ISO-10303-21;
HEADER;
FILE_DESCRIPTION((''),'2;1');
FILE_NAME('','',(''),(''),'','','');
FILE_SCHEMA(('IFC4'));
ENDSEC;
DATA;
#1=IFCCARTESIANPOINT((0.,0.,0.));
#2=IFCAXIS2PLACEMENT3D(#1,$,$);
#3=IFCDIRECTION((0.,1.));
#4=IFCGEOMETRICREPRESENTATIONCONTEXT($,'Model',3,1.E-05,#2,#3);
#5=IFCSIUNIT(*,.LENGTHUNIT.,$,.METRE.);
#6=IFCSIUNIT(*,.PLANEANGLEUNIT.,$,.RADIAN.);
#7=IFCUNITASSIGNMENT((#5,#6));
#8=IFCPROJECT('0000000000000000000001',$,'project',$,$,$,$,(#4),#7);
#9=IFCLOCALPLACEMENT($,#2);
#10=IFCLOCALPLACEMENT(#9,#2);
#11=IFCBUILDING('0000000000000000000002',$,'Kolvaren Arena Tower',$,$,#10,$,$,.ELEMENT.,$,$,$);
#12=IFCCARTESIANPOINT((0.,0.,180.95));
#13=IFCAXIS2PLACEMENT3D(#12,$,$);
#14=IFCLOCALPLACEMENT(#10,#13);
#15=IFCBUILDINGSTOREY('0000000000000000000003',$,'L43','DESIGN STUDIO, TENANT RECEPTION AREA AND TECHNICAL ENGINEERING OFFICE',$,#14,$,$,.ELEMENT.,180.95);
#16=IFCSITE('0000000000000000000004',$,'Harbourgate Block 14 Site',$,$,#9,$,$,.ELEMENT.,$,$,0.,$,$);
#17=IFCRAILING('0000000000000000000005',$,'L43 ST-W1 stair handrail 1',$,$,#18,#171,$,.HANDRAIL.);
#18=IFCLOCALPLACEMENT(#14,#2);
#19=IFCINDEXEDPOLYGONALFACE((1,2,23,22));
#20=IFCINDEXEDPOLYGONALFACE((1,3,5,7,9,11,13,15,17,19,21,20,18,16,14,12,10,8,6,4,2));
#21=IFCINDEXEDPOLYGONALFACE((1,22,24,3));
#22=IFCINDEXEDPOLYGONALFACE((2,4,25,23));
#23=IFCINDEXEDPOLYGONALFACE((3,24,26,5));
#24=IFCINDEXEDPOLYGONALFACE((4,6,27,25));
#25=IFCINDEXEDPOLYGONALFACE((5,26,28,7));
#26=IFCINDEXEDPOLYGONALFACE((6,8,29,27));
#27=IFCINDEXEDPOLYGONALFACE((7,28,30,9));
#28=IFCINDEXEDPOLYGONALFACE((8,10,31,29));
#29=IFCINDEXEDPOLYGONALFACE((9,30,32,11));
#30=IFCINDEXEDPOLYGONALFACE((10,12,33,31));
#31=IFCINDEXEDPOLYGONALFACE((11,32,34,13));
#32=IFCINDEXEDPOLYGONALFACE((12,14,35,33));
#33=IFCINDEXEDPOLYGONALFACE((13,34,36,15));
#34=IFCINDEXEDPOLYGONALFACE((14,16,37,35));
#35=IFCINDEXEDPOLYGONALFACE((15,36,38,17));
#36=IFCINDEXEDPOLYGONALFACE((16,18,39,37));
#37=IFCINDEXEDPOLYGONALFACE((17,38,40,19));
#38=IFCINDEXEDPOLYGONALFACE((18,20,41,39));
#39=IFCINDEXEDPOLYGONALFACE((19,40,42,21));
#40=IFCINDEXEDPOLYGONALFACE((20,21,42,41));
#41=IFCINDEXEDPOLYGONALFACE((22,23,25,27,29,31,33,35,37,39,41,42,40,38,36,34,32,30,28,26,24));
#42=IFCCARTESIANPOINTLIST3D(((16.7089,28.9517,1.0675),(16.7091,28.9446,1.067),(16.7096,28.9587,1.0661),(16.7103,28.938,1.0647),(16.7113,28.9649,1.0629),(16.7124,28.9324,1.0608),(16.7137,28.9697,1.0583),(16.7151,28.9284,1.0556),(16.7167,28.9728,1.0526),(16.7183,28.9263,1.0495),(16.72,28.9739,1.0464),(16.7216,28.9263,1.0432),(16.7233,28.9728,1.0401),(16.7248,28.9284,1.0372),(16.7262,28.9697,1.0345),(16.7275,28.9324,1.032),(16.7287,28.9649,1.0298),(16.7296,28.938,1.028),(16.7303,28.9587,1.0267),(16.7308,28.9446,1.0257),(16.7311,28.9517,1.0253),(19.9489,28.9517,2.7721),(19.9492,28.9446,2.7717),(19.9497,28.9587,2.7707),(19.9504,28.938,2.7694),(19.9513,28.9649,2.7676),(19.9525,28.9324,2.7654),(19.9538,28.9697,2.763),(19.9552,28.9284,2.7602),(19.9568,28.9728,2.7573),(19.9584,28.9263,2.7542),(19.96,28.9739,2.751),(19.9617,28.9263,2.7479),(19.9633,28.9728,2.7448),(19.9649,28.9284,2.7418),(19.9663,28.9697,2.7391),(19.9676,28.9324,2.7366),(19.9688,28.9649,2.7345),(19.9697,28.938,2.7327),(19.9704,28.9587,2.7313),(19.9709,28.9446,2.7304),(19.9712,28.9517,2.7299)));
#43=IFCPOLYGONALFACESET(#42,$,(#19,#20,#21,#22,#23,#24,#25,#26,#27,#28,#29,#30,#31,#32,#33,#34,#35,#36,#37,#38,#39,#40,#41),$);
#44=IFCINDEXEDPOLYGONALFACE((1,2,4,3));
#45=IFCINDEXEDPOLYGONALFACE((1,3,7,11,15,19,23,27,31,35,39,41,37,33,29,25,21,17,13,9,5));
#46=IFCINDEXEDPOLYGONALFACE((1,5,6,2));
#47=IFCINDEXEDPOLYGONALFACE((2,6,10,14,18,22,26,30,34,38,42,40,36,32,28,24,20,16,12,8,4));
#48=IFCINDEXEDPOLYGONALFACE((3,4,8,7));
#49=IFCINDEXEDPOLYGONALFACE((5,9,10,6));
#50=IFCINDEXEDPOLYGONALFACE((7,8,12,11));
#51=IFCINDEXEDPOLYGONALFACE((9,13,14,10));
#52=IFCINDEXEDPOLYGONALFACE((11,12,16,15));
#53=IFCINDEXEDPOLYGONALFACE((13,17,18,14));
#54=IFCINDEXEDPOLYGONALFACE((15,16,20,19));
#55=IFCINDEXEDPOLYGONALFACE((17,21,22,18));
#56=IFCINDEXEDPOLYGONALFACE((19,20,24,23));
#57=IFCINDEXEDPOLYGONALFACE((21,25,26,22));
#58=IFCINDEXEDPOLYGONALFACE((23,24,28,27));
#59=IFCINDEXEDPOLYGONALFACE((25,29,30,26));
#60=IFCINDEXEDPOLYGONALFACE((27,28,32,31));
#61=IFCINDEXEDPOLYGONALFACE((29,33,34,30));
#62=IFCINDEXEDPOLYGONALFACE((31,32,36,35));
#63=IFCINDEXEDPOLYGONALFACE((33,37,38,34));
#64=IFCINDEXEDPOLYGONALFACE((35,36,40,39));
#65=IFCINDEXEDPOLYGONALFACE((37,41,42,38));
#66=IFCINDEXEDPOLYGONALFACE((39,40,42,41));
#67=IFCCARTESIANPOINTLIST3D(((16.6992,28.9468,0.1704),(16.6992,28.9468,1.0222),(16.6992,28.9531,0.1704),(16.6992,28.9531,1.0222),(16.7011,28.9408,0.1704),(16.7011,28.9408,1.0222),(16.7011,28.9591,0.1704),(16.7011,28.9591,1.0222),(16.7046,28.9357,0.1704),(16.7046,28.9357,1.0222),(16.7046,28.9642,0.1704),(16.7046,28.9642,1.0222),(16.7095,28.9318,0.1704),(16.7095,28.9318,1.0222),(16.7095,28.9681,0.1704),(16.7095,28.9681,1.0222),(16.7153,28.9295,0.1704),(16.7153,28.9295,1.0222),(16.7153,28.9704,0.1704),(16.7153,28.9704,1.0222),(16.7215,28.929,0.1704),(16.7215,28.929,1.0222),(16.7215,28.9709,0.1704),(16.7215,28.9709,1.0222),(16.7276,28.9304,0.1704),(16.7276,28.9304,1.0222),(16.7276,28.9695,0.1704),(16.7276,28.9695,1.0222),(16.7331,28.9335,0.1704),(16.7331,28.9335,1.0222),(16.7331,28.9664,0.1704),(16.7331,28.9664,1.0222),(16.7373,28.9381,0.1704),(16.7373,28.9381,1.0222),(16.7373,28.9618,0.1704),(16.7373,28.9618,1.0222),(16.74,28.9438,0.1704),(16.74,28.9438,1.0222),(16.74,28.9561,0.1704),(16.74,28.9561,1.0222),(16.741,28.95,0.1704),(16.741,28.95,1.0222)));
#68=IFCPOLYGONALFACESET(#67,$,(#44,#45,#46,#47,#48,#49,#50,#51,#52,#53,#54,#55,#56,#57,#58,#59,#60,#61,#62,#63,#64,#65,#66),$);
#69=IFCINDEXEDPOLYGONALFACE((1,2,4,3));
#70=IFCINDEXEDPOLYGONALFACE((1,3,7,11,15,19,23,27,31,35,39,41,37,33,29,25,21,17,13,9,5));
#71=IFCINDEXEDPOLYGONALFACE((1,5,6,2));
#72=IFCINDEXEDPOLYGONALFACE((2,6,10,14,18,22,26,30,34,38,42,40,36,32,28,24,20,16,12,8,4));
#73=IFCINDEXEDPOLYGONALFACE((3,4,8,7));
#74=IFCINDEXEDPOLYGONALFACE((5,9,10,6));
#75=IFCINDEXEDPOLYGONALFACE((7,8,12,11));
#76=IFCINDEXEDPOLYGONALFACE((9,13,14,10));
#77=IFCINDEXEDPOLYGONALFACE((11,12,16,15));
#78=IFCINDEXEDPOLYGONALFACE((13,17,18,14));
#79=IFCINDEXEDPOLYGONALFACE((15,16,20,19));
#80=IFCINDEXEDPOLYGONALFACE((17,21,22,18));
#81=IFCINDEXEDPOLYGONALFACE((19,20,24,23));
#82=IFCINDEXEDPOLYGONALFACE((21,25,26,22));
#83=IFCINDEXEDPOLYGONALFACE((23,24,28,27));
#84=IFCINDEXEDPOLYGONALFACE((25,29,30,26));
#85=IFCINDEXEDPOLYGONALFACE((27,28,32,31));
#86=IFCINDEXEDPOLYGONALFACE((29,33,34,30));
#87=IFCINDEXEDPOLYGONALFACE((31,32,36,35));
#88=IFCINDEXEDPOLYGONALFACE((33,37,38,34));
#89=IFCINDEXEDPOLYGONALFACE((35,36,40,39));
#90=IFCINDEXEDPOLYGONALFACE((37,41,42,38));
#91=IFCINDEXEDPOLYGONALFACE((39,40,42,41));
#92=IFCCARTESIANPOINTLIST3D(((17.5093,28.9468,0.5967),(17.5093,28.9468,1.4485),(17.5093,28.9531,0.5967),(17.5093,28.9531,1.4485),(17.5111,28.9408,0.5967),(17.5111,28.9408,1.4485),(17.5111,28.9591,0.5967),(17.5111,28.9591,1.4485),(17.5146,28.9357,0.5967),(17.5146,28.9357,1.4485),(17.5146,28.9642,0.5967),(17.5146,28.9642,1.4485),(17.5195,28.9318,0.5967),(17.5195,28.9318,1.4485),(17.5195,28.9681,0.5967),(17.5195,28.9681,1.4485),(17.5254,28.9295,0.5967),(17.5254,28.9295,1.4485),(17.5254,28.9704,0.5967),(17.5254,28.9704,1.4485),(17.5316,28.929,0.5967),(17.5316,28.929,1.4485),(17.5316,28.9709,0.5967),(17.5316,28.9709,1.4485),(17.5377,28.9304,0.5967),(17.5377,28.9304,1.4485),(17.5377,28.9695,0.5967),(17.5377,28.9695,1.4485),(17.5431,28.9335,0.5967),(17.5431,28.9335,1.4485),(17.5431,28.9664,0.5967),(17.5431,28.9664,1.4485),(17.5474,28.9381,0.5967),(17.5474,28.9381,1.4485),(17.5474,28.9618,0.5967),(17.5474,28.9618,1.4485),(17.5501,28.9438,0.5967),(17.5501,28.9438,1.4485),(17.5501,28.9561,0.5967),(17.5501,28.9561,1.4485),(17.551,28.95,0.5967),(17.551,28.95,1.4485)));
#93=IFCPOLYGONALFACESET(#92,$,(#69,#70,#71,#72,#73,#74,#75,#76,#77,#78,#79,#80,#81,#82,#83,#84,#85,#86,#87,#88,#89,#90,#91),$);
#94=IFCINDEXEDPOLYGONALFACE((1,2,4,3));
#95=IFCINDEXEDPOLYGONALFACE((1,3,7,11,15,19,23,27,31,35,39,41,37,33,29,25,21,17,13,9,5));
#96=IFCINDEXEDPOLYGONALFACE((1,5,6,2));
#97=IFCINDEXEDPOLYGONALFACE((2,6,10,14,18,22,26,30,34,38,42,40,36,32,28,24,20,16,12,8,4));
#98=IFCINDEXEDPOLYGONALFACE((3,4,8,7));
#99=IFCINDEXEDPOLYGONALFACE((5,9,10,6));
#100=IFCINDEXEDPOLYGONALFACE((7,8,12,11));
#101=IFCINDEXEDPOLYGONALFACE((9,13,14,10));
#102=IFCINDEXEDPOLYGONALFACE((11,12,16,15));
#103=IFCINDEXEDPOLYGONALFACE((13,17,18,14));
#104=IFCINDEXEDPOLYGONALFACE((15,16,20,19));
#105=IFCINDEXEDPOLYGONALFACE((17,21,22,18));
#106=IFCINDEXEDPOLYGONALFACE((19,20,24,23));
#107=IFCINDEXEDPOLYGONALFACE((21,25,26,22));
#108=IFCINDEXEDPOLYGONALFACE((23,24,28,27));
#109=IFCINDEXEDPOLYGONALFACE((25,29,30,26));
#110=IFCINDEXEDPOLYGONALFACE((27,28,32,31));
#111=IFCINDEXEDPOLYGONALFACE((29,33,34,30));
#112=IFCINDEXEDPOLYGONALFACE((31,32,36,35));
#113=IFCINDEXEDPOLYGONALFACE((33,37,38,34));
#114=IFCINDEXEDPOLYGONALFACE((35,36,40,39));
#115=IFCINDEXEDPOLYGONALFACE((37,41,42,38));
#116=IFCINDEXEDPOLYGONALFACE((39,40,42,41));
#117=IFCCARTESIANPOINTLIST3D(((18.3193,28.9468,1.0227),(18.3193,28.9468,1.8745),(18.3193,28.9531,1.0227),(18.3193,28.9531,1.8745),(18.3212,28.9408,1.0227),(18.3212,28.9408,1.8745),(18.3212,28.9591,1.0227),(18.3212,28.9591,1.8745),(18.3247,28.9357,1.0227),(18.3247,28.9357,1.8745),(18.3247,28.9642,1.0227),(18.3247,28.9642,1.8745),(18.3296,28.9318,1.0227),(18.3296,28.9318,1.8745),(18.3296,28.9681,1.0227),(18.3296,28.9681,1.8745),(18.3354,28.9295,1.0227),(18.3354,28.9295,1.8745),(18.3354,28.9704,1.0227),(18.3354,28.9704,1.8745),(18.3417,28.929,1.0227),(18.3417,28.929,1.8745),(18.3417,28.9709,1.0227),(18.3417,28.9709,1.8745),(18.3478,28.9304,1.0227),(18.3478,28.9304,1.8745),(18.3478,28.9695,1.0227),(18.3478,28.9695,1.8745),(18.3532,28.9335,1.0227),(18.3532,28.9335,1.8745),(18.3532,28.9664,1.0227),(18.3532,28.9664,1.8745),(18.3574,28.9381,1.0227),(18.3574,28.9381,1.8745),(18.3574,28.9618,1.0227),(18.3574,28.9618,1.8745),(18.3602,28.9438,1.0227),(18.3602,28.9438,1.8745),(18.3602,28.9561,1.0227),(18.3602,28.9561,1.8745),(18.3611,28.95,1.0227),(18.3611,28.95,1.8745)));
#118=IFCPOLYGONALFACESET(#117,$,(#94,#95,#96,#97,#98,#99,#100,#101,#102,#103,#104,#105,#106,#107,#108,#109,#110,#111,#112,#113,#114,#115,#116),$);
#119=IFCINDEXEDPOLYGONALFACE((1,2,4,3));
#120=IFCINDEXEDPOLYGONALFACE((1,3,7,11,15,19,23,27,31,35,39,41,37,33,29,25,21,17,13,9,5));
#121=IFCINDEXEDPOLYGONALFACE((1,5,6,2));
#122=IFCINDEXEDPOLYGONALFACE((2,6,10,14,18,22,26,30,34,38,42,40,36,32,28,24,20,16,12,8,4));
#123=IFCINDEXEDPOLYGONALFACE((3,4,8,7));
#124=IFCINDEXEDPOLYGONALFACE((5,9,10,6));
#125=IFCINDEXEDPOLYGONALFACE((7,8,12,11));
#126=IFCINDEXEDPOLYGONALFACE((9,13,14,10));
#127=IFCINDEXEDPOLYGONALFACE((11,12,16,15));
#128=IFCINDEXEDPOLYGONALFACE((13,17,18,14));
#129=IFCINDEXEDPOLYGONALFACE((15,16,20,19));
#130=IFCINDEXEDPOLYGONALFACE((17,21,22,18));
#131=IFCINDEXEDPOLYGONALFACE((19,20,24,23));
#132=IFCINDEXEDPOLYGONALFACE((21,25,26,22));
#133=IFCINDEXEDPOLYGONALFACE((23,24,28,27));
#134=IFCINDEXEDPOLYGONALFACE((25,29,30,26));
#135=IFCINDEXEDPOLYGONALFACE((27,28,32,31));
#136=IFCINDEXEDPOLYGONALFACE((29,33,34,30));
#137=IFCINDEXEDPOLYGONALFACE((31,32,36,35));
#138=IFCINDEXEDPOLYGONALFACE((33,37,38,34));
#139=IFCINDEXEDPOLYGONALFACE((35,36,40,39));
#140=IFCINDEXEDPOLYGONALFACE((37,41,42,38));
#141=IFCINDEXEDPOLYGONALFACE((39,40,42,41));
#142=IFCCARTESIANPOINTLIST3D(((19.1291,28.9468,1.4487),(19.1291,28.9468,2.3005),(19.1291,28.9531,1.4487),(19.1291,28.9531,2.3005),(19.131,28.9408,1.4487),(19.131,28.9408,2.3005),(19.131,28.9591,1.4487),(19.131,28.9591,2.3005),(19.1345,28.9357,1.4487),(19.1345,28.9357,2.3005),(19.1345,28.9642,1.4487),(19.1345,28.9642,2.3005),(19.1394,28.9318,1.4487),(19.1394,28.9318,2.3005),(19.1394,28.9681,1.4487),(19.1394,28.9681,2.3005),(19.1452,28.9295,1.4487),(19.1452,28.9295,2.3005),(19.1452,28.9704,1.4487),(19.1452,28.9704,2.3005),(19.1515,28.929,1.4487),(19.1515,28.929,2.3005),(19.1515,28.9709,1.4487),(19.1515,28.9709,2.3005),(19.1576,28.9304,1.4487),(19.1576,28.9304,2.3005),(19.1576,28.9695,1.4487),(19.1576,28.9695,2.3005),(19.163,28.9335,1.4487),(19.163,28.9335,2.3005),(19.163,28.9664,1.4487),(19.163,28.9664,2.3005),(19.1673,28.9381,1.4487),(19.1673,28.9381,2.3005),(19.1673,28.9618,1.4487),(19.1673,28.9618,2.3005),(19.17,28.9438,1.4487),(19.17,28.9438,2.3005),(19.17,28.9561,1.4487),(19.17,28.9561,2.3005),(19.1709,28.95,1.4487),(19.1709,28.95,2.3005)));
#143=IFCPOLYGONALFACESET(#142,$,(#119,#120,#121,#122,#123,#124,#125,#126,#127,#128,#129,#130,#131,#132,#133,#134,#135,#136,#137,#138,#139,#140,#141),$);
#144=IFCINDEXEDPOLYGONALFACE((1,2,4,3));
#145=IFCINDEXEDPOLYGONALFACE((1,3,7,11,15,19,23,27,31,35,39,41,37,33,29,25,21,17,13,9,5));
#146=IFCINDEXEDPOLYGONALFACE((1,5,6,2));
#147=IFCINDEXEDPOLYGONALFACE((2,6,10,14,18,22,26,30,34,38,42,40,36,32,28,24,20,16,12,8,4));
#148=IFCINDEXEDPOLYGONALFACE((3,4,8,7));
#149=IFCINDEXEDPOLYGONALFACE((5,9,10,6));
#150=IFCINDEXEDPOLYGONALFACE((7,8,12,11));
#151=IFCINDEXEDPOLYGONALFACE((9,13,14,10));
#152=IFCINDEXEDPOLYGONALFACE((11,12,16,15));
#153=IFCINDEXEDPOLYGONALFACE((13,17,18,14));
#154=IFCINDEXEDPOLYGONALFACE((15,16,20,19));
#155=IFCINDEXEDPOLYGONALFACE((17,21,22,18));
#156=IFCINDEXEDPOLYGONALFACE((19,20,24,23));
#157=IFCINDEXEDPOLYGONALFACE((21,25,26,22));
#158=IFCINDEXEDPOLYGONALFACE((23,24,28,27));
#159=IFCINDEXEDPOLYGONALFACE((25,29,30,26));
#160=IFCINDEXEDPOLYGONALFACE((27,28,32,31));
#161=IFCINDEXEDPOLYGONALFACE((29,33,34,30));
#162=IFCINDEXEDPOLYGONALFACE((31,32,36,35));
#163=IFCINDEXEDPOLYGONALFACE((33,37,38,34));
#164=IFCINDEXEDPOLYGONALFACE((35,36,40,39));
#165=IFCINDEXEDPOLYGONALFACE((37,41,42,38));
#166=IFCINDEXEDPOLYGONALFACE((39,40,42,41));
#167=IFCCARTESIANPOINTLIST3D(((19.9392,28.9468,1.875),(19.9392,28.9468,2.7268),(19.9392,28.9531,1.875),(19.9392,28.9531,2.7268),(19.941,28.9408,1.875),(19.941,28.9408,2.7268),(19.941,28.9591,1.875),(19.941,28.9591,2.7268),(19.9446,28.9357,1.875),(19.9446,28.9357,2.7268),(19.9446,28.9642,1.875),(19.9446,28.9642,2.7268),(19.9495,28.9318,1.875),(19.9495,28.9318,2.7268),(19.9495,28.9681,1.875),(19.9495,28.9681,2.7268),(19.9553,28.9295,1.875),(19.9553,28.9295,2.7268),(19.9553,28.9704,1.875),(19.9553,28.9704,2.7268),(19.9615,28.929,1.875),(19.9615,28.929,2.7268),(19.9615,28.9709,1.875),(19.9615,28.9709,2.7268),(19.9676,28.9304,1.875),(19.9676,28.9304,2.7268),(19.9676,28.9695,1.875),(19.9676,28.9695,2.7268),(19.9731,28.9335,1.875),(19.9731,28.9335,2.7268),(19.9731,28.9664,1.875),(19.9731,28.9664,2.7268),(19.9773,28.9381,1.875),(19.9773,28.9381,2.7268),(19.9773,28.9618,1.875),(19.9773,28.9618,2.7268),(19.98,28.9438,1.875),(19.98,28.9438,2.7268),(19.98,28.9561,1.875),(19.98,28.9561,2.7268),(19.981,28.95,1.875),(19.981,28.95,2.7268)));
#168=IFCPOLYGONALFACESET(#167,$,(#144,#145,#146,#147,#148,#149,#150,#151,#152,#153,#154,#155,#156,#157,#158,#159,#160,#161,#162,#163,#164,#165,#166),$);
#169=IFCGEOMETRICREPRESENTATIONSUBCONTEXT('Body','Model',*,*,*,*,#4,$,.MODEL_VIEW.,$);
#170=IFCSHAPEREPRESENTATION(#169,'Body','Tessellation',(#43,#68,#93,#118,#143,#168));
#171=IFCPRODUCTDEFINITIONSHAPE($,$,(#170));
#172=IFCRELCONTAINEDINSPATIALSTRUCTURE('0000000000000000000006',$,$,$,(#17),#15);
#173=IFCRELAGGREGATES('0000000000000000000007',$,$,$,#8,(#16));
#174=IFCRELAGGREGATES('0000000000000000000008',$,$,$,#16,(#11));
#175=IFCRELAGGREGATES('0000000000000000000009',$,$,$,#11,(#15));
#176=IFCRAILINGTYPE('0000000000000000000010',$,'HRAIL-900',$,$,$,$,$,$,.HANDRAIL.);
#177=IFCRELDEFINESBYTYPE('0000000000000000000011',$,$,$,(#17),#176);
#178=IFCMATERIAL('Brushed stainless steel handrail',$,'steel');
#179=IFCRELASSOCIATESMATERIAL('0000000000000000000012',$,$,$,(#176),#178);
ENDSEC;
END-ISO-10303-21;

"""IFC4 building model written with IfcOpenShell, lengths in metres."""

from ifc_helpers import new_model, si_unit, direction, frame, origin, origin_2d, place, context, subcontext, project, spatial, circle, extrude, material, type_object, element, save


model = new_model("IFC4")

# Units and contexts
model_context = context("Model", 3, precision=1e-05, world=origin(), true_north=direction((0.0, 1.0)))
body_context = subcontext(model_context, "Body", "Model", "MODEL_VIEW")
ifc_project = project(units=[si_unit("LENGTHUNIT", "METRE"), si_unit("PLANEANGLEUNIT", "RADIAN")], contexts=[model_context])

# Site, building, storey
site_placement = place(None, origin())
site = spatial("IfcSite", under=ifc_project, at=site_placement, Name="Harbourgate Block 14 Site", CompositionType="ELEMENT", RefElevation=0.0)
building_placement = place(site_placement, origin())
building = spatial("IfcBuilding", under=site, at=building_placement, Name="Kolvaren Arena Tower", CompositionType="ELEMENT")
storey_placement = place(building_placement, frame((0.0, 0.0, 180.95)))
storey = spatial("IfcBuildingStorey", under=building, at=storey_placement, Name="L43", Description="DESIGN STUDIO, TENANT RECEPTION AREA AND TECHNICAL ENGINEERING OFFICE", CompositionType="ELEMENT", Elevation=180.95)

# Railing
ifc_material_1 = material(Name="Brushed stainless steel handrail", Category="steel")
railing_type_1 = type_object("IfcRailingType", Name="HRAIL-900", PredefinedType="HANDRAIL", material=ifc_material_1)
railing_1_placement = place(storey_placement, frame((16.72, 28.95, 0.1704)))
element("IfcRailing", 1, at=railing_1_placement, inside=storey, type_object=railing_type_1, Name="L43 ST-W1 stair handrail 1", PredefinedType="HANDRAIL", context=body_context, shape_type="SweptSolid", body=[
    extrude(circle(Radius=0.0239, at=origin_2d()), frame((0.0, 0.0, 0.876), z_axis=(0.884993, 0.0, 0.465604), x_axis=(0.0, 1.0, 0.0)), (0.0, 0.0, 1.0), 3.6611),
    extrude(circle(Radius=0.021, at=origin_2d()), origin(), (0.0, 0.0, 1.0), 0.8518),
    extrude(circle(Radius=0.021, at=origin_2d()), frame((0.8101, 0.0, 0.4263)), (0.0, 0.0, 1.0), 0.8518),
    extrude(circle(Radius=0.021, at=origin_2d()), frame((1.6201, 0.0, 0.8523)), (0.0, 0.0, 1.0), 0.8518),
    extrude(circle(Radius=0.021, at=origin_2d()), frame((2.4299, 0.0, 1.2783)), (0.0, 0.0, 1.0), 0.8518),
    extrude(circle(Radius=0.021, at=origin_2d()), frame((3.24, 0.0, 1.7046)), (0.0, 0.0, 1.0), 0.8518),
])

save(model, "model.ifc")
